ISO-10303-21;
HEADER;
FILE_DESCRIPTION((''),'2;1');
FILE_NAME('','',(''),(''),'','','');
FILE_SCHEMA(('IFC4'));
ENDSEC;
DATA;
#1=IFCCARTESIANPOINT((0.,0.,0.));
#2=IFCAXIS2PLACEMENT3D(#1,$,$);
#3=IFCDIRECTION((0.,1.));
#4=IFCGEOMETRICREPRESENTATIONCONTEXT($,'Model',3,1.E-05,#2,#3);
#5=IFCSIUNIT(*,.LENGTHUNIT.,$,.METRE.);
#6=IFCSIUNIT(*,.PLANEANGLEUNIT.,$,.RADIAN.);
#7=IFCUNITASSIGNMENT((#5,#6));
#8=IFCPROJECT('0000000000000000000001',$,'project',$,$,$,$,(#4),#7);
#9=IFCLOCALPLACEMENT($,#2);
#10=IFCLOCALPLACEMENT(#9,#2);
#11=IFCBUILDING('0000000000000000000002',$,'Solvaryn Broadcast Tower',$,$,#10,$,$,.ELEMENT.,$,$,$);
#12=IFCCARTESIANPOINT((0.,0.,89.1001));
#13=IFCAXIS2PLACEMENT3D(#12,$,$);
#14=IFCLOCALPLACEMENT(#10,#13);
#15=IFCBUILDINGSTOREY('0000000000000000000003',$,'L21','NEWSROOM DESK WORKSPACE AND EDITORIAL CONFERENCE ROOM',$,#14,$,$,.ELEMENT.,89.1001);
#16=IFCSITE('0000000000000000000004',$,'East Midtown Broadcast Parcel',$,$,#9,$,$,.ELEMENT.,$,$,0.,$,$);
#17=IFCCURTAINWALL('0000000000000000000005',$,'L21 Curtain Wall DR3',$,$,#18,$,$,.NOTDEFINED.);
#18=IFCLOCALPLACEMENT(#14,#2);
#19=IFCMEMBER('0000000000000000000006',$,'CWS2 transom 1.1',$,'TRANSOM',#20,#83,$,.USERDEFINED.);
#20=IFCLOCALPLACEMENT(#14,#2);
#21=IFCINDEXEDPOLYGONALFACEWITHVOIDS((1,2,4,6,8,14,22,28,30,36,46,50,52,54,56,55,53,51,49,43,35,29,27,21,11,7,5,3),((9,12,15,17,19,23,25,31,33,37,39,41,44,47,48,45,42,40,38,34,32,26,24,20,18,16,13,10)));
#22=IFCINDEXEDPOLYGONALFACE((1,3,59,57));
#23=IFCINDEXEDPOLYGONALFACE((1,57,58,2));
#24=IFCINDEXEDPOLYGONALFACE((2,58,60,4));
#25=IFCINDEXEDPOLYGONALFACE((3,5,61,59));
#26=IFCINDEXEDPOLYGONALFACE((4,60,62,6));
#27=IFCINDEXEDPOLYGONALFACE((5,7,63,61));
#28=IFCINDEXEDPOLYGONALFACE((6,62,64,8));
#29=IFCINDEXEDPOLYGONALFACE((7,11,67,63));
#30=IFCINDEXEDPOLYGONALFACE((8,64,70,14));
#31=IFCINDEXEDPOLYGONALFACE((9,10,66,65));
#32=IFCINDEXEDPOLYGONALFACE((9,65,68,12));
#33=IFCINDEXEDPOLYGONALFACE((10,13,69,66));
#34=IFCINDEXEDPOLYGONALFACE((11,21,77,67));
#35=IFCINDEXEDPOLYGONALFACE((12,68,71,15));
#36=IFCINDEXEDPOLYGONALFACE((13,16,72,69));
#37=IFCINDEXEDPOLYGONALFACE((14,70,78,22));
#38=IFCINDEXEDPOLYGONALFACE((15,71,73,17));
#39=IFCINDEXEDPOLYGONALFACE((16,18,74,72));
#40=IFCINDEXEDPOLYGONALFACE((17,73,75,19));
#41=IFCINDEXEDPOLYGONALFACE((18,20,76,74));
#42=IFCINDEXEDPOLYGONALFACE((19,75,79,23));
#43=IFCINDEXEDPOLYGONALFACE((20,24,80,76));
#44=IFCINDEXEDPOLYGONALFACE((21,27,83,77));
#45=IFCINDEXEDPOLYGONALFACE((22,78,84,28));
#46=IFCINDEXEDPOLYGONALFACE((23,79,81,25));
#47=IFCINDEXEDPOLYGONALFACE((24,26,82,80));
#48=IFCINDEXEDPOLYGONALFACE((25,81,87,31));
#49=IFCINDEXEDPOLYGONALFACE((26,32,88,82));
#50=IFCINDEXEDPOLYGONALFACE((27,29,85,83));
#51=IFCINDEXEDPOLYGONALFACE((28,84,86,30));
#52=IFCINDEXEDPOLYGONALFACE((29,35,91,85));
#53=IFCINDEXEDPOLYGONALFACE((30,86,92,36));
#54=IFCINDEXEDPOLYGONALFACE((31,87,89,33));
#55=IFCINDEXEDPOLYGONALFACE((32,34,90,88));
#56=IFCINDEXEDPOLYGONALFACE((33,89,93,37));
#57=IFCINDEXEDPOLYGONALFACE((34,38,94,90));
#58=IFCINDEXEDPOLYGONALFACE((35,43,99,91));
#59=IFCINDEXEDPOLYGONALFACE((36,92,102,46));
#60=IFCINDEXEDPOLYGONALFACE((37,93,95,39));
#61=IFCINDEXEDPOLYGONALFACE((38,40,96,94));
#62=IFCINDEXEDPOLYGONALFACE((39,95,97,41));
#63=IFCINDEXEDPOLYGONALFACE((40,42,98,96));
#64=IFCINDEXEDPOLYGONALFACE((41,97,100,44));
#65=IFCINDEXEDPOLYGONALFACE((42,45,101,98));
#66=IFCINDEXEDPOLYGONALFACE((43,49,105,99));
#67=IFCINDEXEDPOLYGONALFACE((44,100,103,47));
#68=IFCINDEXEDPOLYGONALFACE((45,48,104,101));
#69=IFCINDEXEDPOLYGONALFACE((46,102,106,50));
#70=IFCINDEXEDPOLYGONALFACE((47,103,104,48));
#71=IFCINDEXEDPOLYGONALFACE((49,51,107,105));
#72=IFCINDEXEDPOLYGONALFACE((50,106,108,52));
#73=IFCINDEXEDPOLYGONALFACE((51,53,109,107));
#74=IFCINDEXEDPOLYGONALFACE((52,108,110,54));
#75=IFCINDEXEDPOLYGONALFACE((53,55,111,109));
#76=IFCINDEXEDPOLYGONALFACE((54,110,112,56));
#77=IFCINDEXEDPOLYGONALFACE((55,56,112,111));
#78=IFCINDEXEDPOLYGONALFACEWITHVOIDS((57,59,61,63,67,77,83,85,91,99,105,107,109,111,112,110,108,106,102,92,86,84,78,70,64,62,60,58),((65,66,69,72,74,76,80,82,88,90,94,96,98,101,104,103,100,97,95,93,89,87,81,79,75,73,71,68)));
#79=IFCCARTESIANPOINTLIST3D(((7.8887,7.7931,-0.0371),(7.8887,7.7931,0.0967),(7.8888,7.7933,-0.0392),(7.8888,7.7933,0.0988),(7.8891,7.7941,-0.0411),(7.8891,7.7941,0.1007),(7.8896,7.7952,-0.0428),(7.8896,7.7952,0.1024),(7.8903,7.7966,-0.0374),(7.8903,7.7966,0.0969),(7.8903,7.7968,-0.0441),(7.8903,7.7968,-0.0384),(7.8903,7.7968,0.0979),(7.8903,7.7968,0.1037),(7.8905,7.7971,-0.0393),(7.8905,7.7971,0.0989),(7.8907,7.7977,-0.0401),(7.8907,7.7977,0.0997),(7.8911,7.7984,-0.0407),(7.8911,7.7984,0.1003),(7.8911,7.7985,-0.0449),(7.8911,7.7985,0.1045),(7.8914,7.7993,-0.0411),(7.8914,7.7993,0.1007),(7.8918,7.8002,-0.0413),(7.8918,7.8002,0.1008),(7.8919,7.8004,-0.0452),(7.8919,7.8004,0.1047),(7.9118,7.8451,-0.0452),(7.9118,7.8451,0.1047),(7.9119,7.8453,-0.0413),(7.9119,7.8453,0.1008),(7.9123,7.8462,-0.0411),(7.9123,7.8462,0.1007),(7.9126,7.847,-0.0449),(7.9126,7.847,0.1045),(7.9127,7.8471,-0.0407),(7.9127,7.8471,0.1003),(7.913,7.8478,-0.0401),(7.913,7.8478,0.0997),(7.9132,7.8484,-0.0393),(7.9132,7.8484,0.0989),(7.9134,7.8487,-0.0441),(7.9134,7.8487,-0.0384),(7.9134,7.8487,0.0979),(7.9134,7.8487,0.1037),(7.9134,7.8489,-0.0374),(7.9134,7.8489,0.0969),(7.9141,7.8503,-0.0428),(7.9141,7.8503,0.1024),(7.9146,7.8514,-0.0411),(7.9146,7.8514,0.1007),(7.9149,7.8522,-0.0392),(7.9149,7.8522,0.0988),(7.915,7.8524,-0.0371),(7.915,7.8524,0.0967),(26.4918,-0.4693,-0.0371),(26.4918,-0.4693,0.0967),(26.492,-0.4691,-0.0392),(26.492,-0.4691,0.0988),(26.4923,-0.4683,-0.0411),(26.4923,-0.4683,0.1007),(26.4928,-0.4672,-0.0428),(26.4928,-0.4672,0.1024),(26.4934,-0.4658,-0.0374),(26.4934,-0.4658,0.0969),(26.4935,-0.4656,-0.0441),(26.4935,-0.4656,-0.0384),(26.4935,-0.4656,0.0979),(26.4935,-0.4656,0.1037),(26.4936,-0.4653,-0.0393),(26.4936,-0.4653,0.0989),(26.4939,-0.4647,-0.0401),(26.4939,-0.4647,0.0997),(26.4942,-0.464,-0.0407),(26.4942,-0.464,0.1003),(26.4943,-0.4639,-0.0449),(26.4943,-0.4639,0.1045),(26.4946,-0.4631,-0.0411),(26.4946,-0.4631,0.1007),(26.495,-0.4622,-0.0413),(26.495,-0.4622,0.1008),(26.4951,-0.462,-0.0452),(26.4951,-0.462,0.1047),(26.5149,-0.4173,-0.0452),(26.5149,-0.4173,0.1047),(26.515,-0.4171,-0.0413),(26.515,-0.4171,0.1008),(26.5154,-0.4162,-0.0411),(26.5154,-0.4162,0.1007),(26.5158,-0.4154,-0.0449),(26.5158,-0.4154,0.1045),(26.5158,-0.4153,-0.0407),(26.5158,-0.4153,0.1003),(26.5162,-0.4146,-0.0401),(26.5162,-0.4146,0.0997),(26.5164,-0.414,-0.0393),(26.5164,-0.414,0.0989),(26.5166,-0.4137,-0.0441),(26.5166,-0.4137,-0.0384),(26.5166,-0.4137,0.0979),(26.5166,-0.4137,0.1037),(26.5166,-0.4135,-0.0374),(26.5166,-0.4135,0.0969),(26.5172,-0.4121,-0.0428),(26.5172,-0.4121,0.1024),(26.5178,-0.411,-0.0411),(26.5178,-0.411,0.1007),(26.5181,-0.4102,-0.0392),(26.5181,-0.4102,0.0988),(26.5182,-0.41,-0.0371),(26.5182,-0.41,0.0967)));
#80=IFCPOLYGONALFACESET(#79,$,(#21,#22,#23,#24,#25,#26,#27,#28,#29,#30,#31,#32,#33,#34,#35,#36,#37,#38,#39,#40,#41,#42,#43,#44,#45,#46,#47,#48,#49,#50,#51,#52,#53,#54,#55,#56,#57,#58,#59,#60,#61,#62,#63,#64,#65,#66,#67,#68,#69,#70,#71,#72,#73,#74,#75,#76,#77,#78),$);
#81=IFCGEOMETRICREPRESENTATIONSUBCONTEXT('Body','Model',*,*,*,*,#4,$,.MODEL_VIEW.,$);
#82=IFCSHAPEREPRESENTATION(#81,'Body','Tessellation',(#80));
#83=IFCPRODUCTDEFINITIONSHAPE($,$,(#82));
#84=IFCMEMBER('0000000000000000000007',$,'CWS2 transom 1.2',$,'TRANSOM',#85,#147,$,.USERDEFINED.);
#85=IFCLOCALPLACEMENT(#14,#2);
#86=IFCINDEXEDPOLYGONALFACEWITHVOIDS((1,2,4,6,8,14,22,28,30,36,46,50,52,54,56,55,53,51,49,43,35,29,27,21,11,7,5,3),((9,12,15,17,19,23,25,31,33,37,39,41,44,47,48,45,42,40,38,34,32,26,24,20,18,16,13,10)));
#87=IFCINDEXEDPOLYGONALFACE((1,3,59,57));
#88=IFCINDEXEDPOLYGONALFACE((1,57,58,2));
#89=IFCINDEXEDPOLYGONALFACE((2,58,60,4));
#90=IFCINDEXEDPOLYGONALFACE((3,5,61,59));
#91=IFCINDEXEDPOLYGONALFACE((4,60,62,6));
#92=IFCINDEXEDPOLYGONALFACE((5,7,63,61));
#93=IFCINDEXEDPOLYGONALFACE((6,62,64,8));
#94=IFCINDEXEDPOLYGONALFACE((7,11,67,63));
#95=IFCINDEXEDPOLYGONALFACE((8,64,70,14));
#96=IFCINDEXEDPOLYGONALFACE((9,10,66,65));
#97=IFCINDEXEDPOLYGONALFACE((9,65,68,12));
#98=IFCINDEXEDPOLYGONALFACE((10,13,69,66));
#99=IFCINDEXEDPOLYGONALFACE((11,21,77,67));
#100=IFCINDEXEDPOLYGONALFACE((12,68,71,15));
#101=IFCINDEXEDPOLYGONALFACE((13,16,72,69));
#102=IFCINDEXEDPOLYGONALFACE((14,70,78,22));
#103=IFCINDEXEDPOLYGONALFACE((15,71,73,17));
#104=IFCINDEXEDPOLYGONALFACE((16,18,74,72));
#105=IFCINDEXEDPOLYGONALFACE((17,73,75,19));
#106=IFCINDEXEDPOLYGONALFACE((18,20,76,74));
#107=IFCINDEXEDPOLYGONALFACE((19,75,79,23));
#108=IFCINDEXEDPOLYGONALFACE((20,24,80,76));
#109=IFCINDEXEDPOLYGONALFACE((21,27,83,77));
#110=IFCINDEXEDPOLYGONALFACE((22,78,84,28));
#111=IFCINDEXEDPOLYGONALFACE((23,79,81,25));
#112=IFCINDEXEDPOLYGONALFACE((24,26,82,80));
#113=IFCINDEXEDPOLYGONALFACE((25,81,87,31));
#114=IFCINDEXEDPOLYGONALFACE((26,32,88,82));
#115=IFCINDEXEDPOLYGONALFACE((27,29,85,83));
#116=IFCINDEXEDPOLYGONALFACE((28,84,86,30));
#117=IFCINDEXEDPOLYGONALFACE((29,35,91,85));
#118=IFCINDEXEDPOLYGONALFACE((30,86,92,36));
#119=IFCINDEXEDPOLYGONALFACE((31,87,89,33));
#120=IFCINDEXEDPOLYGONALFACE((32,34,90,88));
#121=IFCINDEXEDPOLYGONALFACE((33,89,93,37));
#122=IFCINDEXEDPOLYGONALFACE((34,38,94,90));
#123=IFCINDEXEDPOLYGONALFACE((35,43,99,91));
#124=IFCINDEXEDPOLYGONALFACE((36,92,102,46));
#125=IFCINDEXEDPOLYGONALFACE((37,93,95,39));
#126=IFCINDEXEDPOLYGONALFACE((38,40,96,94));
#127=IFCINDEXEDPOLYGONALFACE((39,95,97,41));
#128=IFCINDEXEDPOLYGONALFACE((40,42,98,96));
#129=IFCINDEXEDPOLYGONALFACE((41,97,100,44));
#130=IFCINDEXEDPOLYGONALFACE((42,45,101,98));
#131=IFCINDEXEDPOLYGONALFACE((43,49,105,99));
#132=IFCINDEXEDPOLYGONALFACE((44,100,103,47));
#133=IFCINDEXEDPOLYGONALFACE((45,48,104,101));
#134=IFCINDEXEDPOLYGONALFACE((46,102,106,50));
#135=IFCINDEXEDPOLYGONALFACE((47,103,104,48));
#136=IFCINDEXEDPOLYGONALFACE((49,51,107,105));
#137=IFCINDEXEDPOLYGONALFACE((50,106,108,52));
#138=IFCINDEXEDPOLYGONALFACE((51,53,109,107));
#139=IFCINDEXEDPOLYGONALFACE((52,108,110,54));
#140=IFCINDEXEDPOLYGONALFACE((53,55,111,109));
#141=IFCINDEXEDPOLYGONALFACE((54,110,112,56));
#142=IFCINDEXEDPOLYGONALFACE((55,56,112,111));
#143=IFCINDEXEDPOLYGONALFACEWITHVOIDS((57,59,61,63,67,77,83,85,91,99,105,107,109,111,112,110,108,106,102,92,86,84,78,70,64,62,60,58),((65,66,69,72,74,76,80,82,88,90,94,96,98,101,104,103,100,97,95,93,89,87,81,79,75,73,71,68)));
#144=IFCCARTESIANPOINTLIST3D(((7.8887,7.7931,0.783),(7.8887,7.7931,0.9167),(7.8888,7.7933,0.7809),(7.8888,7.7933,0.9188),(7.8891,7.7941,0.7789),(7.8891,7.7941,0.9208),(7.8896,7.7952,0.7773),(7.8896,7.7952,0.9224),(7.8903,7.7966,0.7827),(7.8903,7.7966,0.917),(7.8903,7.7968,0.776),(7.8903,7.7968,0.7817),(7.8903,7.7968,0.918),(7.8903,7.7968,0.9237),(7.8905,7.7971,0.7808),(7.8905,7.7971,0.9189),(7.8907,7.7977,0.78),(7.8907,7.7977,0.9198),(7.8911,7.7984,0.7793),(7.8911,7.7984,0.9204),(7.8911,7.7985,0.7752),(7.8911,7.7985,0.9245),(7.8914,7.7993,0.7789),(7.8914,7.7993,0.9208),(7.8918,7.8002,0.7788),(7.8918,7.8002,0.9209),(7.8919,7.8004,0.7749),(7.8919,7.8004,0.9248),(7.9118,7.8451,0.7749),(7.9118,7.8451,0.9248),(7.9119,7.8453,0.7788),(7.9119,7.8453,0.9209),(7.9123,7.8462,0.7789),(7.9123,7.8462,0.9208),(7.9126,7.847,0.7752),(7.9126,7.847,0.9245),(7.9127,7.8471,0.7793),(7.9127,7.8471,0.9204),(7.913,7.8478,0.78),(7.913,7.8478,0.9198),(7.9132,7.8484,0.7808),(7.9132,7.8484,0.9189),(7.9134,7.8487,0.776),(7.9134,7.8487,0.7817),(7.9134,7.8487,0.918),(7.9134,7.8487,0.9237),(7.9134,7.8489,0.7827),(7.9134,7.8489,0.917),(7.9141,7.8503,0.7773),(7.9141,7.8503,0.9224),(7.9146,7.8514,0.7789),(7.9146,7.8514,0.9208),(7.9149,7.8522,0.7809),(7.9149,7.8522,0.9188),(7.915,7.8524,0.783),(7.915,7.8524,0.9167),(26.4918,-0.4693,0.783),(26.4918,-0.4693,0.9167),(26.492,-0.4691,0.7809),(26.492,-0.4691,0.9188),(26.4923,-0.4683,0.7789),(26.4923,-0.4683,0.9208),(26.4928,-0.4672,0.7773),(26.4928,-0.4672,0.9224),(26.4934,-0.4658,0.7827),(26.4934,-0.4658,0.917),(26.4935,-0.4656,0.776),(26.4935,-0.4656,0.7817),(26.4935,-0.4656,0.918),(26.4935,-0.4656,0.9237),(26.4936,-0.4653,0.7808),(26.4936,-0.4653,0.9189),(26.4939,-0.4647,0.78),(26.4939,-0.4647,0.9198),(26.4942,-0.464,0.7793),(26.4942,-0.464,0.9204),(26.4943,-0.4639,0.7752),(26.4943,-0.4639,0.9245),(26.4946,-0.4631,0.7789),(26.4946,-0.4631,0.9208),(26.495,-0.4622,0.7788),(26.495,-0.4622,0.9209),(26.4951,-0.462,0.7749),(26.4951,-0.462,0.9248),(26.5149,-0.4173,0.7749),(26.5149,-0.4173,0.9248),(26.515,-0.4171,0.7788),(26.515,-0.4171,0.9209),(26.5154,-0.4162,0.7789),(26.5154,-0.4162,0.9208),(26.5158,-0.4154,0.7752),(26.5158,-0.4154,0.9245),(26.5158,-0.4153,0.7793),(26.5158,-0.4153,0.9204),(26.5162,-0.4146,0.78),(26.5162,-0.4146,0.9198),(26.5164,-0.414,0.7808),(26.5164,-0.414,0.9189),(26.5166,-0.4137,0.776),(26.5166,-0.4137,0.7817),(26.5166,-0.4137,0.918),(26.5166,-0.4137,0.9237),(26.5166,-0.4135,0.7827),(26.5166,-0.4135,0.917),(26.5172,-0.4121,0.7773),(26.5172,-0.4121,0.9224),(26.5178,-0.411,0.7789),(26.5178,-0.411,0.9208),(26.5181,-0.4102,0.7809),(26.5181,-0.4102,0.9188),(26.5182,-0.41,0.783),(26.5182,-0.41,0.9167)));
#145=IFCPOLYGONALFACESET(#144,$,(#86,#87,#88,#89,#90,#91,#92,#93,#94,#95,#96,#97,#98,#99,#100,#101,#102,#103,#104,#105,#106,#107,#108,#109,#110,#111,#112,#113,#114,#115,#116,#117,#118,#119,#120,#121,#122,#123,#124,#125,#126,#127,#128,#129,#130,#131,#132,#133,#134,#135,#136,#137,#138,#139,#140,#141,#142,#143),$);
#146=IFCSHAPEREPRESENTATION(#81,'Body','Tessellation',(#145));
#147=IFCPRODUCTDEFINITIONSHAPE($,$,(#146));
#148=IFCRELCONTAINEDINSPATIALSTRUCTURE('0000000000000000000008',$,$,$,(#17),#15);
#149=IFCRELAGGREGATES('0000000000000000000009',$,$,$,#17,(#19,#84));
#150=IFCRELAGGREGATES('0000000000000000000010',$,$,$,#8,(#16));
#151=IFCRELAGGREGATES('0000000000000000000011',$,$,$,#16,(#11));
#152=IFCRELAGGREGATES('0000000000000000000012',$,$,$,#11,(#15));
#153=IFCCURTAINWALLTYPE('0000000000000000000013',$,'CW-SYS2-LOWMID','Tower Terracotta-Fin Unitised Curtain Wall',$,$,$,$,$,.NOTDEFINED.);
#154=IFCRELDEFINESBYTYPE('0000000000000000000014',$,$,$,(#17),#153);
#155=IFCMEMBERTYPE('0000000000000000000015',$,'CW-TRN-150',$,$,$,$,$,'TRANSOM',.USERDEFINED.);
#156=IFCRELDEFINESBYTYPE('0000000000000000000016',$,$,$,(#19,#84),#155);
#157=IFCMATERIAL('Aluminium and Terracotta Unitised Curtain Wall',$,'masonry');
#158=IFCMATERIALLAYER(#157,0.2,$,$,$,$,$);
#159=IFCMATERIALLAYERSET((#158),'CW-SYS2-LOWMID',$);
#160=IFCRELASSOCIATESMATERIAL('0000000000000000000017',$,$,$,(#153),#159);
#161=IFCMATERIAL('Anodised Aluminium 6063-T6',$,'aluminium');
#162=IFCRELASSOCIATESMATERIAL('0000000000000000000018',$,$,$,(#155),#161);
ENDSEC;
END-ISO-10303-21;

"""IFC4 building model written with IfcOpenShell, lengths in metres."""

from ifc_helpers import new_model, si_unit, direction, frame, origin, origin_2d, place, context, subcontext, project, spatial, hollow_rectangle, extrude, material, layer, layer_set, material_profile, profile_set, type_object, element, aggregate, save


model = new_model("IFC4")

# Units and contexts
model_context = context("Model", 3, precision=1e-05, world=origin(), true_north=direction((0.0, 1.0)))
body_context = subcontext(model_context, "Body", "Model", "MODEL_VIEW")
ifc_project = project(units=[si_unit("LENGTHUNIT", "METRE"), si_unit("PLANEANGLEUNIT", "RADIAN")], contexts=[model_context])

# Site, building, storey
site_placement = place(None, origin())
site = spatial("IfcSite", under=ifc_project, at=site_placement, Name="East Midtown Broadcast Parcel", CompositionType="ELEMENT", RefElevation=0.0)
building_placement = place(site_placement, origin())
building = spatial("IfcBuilding", under=site, at=building_placement, Name="Solvaryn Broadcast Tower", CompositionType="ELEMENT")
storey_placement = place(building_placement, frame((0.0, 0.0, 89.1001)))
storey = spatial("IfcBuildingStorey", under=building, at=storey_placement, Name="L21", Description="NEWSROOM DESK WORKSPACE AND EDITORIAL CONFERENCE ROOM", CompositionType="ELEMENT", Elevation=89.1001)

# Shared definitions
ifc_material_1 = material(Name="Aluminium and Terracotta Unitised Curtain Wall", Category="masonry")
ifc_layer_1 = layer(ifc_material_1, 0.2)
ifc_layer_set_1 = layer_set([ifc_layer_1], Name="CW-SYS2-LOWMID")
curtain_wall_type = type_object("IfcCurtainWallType", Name="CW-SYS2-LOWMID", Description="Tower Terracotta-Fin Unitised Curtain Wall", PredefinedType="NOTDEFINED", material=ifc_layer_set_1)

# Curtain wall, members
curtain_wall_1_placement = place(storey_placement, origin())
curtain_wall_1 = element("IfcCurtainWall", 1, at=curtain_wall_1_placement, inside=storey, type_object=curtain_wall_type, Name="L21 Curtain Wall DR3", PredefinedType="NOTDEFINED")
ifc_material_2 = material(Name="Anodised Aluminium 6063-T6", Category="aluminium")
ifc_material_profile_1 = material_profile(ifc_material_2, hollow_rectangle(XDim=0.0649, YDim=0.1499, WallThickness=0.0039, InnerFilletRadius=0.0039, OuterFilletRadius=0.0081, at=origin_2d()))
ifc_profile_set_1 = profile_set([ifc_material_profile_1], Name="Anodised Aluminium 6063-T6")
member_type_1 = type_object("IfcMemberType", Name="CW-TRN-150", ElementType="TRANSOM", PredefinedType="USERDEFINED", material=ifc_profile_set_1)
member_1_placement = place(storey_placement, frame((7.9019, 7.8228, 0.0298), z_axis=(0.913915, -0.405906, 0.0), x_axis=(0.405906, 0.913915, 0.0)))
member_1 = element("IfcMember", 2, at=member_1_placement, type_object=member_type_1, Name="CWS2 transom 1.1", ObjectType="TRANSOM", PredefinedType="USERDEFINED", context=body_context, shape_type="SweptSolid", body=[
    extrude(hollow_rectangle(XDim=0.0649, YDim=0.1499, WallThickness=0.0039, InnerFilletRadius=0.0039, OuterFilletRadius=0.0081, at=origin_2d()), origin(), (0.0, 0.0, 1.0), 20.3555),
])
member_2_placement = place(storey_placement, frame((7.9019, 7.8228, 0.8499), z_axis=(0.913915, -0.405906, 0.0), x_axis=(0.405906, 0.913915, 0.0)))
member_2 = element("IfcMember", 3, at=member_2_placement, type_object=member_type_1, Name="CWS2 transom 1.2", ObjectType="TRANSOM", PredefinedType="USERDEFINED", context=body_context, shape_type="SweptSolid", body=[
    extrude(hollow_rectangle(XDim=0.0649, YDim=0.1499, WallThickness=0.0039, InnerFilletRadius=0.0039, OuterFilletRadius=0.0081, at=origin_2d()), origin(), (0.0, 0.0, 1.0), 20.3555),
])
aggregate(curtain_wall_1, [member_1, member_2])

save(model, "model.ifc")
